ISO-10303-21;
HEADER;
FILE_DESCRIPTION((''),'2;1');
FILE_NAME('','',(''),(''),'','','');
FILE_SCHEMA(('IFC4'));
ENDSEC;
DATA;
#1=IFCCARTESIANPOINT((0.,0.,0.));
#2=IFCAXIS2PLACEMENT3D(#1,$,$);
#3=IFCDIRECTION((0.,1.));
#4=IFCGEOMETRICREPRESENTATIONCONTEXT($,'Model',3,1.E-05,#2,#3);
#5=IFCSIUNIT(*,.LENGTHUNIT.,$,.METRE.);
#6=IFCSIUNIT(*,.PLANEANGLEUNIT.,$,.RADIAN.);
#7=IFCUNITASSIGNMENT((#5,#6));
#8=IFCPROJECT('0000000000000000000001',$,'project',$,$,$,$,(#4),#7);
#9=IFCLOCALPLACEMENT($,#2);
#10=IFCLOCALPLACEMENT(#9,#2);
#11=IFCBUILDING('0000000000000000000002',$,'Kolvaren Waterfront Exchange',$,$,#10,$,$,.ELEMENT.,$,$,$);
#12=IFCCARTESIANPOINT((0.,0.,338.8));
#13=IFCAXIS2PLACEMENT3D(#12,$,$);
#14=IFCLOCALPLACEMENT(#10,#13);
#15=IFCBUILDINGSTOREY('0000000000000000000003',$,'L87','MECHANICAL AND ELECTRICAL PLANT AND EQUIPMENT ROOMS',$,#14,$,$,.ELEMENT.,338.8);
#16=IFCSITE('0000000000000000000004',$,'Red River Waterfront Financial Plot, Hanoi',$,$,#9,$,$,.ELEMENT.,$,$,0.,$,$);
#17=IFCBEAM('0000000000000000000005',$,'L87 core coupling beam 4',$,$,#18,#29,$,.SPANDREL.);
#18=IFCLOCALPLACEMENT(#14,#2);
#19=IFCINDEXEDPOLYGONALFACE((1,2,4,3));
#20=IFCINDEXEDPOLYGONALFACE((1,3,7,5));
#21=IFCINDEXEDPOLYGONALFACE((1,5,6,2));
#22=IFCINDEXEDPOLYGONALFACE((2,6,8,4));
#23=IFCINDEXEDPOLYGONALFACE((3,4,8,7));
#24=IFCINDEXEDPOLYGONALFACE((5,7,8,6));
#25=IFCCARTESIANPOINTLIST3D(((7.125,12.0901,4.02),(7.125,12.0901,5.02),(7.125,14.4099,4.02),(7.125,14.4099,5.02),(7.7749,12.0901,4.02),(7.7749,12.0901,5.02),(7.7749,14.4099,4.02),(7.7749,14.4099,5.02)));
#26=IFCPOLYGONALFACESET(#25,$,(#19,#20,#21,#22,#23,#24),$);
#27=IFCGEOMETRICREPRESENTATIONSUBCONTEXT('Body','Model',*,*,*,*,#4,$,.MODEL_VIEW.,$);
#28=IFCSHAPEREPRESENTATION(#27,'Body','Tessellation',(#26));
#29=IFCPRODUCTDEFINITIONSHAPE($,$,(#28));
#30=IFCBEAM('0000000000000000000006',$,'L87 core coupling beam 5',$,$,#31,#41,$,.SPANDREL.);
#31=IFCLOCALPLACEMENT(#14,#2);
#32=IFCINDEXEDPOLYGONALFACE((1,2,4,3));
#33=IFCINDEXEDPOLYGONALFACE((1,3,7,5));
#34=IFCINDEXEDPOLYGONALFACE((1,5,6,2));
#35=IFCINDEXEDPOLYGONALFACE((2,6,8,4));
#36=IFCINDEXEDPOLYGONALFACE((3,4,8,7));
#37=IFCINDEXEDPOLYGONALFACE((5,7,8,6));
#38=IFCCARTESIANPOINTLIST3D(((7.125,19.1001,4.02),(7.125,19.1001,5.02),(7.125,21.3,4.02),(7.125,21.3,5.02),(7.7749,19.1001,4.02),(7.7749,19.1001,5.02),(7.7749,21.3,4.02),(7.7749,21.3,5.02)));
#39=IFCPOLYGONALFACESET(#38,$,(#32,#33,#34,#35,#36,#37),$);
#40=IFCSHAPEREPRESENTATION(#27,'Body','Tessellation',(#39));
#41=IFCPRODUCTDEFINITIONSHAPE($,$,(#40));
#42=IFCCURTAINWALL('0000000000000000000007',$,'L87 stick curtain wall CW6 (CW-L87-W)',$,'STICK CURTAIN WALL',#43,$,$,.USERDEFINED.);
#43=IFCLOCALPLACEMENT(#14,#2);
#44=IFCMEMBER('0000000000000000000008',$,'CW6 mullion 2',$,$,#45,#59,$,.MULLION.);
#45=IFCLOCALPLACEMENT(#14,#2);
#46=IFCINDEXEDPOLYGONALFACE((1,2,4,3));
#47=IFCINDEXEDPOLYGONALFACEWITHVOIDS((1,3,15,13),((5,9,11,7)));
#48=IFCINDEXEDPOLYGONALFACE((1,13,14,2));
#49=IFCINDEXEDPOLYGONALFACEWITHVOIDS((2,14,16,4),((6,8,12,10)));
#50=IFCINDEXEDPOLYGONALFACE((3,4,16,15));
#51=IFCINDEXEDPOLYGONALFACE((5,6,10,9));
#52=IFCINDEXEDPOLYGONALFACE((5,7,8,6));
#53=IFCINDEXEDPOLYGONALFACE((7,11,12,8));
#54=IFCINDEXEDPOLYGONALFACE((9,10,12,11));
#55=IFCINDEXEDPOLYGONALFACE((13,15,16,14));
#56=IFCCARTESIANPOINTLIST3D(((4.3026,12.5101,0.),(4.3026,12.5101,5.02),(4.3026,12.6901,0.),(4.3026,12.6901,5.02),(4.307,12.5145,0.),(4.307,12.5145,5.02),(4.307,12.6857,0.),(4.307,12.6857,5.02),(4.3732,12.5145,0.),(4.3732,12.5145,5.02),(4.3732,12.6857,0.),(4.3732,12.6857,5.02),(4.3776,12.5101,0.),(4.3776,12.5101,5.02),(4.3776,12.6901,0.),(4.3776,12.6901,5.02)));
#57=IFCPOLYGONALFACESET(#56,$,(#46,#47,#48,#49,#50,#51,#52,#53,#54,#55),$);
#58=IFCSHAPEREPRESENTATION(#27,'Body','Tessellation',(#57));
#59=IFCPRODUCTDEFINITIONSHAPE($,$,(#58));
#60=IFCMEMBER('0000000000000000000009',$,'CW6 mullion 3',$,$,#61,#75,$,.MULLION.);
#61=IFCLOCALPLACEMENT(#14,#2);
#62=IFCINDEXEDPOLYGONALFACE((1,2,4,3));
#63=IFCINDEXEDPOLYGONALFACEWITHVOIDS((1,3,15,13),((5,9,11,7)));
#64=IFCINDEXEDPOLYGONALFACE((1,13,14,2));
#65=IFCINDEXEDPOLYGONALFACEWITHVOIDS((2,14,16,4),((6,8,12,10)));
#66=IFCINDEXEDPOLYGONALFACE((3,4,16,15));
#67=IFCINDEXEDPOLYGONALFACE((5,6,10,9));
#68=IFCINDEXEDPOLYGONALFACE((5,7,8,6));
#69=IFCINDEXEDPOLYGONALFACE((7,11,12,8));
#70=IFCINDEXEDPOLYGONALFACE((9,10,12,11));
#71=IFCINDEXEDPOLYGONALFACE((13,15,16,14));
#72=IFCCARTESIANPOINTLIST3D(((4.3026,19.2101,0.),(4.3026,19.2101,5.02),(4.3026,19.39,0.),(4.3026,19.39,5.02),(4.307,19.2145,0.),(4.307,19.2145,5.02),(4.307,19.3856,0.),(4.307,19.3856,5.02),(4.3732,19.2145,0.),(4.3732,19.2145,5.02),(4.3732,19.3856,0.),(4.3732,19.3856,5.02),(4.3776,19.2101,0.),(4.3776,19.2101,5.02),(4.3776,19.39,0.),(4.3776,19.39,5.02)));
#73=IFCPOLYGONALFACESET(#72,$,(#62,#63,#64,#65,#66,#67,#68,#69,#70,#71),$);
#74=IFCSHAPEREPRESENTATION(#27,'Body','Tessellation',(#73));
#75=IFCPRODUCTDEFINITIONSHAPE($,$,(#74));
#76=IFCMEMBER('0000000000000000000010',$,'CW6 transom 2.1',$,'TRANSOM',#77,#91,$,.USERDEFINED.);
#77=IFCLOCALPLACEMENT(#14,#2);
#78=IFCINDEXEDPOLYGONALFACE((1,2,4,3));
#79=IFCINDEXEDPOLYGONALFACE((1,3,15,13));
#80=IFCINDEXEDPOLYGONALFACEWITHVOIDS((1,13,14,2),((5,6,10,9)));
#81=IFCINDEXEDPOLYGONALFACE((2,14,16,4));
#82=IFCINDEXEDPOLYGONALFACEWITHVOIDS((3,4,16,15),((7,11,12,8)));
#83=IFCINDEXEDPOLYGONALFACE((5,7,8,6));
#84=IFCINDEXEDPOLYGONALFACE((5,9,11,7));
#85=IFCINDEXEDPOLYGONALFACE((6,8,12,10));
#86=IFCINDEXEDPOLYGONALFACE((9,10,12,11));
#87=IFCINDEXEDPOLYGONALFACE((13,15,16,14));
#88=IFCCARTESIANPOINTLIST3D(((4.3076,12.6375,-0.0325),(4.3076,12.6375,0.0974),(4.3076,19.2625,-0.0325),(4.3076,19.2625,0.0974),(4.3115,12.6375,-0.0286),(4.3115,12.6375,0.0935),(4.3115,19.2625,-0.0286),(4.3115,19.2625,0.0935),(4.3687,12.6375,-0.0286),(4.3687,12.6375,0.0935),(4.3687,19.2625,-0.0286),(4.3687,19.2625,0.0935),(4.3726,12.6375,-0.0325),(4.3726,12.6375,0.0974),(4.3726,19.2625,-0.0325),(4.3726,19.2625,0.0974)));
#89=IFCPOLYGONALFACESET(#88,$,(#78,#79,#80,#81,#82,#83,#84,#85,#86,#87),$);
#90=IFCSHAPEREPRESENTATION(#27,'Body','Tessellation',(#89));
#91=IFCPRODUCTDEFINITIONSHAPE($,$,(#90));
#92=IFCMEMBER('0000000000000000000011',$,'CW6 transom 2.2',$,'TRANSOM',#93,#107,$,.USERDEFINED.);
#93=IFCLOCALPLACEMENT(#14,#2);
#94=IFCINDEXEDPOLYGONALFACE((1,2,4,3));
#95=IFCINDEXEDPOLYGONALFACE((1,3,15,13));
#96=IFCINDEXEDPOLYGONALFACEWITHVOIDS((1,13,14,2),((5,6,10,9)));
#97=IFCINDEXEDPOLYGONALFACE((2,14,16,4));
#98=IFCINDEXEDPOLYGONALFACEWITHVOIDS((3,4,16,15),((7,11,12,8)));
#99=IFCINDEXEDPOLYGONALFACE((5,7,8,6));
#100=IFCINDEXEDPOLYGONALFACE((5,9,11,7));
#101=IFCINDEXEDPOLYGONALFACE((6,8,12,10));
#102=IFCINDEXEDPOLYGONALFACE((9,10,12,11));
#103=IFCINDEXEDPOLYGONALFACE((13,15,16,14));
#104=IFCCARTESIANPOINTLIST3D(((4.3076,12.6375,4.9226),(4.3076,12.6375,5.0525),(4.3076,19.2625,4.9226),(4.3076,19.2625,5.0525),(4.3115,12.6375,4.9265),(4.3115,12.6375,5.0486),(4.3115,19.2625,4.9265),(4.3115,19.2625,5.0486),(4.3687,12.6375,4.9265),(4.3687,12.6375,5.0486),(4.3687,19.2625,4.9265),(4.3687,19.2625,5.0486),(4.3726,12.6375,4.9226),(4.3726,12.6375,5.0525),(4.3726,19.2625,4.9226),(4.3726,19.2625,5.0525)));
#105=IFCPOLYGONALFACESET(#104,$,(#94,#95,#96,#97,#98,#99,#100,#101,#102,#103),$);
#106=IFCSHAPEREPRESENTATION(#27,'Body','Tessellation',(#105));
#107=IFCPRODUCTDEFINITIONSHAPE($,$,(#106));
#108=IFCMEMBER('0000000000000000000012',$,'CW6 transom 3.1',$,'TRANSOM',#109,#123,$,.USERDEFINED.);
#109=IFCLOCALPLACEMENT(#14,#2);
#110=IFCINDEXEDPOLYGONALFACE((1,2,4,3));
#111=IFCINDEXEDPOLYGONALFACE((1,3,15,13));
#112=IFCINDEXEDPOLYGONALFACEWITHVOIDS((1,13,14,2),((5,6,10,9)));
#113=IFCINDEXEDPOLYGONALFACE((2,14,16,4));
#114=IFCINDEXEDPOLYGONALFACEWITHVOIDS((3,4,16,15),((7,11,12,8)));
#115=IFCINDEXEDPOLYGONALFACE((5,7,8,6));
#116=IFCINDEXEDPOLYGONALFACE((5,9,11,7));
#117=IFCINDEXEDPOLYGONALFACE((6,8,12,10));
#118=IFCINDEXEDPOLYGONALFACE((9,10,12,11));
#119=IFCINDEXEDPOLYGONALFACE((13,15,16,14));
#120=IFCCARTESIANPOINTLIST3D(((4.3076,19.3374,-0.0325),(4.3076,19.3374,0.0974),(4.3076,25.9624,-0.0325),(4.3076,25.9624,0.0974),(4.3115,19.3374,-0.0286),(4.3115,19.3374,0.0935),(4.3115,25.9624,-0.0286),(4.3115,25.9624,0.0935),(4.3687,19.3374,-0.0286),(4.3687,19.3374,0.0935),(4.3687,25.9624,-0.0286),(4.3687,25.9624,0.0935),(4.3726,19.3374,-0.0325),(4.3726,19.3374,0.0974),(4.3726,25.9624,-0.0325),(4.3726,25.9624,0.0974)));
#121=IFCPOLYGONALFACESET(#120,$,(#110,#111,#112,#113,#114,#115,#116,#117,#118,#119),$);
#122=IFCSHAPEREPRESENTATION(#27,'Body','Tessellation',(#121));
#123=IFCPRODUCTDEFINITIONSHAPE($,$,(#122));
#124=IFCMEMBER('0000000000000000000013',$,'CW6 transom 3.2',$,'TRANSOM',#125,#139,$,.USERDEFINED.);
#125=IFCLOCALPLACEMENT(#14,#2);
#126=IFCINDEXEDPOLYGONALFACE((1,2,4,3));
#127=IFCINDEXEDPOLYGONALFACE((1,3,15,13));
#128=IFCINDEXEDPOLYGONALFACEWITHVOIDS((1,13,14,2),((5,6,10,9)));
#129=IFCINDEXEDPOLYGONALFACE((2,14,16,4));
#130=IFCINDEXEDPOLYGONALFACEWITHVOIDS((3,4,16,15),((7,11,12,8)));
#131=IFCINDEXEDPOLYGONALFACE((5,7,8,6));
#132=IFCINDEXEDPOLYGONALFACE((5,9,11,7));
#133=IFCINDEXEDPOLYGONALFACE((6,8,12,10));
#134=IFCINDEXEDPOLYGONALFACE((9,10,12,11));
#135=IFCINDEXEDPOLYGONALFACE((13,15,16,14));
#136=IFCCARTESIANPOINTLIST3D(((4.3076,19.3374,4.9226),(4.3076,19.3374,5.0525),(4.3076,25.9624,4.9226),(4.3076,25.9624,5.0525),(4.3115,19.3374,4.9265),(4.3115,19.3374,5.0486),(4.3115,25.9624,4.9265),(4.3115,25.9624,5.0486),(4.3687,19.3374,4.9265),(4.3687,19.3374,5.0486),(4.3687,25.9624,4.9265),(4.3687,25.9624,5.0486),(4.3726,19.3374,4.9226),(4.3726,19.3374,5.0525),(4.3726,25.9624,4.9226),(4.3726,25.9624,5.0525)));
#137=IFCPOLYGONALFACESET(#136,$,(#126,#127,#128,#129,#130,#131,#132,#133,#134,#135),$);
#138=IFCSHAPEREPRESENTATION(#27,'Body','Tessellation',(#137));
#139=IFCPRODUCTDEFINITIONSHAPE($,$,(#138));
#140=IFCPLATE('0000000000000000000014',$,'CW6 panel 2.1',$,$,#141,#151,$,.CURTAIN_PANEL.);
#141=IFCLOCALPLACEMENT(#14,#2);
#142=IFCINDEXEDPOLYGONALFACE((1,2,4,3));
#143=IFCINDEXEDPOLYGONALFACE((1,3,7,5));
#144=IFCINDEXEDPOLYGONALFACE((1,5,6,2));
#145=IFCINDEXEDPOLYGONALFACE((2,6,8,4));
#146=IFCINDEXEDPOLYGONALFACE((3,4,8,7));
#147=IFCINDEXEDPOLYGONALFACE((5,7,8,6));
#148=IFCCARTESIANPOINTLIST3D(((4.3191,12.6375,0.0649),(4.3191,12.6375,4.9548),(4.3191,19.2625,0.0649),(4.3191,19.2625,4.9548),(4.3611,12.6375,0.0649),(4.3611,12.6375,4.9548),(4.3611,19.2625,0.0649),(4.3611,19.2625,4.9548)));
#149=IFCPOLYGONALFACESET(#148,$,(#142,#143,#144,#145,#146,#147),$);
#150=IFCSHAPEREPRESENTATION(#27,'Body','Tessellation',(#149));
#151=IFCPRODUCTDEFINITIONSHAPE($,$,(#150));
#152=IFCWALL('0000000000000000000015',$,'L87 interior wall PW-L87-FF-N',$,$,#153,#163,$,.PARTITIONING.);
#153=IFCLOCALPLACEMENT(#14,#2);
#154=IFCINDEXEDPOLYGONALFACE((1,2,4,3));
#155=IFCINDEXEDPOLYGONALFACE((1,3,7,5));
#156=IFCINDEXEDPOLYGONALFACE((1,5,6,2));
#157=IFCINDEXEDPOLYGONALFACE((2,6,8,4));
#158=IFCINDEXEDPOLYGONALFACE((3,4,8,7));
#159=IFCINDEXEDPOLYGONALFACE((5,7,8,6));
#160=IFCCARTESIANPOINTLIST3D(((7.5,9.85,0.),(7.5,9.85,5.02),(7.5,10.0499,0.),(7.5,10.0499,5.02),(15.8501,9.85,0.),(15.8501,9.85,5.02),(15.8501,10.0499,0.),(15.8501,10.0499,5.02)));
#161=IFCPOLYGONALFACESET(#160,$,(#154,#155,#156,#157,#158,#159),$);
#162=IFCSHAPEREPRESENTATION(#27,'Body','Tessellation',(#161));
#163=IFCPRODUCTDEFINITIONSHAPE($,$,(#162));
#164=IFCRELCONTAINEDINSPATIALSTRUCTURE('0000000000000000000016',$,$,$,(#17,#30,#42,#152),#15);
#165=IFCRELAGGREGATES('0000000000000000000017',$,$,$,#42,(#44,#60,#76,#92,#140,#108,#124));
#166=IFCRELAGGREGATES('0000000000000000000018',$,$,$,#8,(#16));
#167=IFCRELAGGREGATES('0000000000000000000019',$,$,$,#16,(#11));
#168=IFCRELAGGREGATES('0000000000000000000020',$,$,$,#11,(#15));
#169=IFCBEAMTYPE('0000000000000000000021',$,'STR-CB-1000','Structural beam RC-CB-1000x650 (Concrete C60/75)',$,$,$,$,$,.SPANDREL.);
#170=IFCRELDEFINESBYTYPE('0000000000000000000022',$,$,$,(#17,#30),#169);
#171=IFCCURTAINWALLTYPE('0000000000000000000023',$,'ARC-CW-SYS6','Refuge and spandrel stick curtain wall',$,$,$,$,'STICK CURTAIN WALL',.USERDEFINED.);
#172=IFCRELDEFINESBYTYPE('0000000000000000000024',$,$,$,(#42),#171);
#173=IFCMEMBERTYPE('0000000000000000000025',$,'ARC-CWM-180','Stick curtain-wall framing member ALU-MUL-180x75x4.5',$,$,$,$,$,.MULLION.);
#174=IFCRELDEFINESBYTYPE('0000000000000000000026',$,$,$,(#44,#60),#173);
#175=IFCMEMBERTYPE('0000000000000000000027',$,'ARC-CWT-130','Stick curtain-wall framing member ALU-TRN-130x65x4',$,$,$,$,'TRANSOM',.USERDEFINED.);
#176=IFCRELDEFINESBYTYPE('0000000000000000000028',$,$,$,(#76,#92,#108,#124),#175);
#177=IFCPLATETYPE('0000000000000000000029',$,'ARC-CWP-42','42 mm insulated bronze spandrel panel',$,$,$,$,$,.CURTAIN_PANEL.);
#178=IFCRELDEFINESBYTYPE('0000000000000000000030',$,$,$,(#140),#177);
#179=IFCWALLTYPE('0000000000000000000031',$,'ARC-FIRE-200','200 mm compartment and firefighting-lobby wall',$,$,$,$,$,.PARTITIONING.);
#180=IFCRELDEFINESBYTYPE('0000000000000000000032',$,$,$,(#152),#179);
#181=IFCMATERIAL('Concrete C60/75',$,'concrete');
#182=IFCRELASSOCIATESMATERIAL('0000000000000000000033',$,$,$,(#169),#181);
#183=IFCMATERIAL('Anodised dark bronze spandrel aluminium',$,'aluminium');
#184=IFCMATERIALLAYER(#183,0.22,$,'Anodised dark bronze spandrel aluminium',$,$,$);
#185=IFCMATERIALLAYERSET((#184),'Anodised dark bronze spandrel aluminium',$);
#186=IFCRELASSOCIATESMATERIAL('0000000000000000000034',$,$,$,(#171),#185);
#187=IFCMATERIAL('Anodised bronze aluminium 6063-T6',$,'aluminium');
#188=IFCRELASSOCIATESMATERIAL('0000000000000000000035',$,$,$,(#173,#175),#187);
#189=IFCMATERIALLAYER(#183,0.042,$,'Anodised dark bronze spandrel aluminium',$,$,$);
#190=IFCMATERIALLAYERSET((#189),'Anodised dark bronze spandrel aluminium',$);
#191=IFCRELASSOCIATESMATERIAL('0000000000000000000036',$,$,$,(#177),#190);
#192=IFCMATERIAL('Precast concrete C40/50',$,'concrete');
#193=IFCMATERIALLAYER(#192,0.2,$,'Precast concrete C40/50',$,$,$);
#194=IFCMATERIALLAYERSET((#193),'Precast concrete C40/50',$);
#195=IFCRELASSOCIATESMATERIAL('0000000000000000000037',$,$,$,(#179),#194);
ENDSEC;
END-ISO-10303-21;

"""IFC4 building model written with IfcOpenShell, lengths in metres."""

from ifc_helpers import new_model, si_unit, direction, frame, frame_2d, origin, origin_with_axes, origin_2d, place, context, subcontext, project, spatial, rectangle, hollow_rectangle, extrude, source, transform, mapped, material, layer, layer_set, material_profile, profile_set, type_object, element, aggregate, save


model = new_model("IFC4")

# Units and contexts
model_context = context("Model", 3, precision=1e-05, world=origin(), true_north=direction((0.0, 1.0)))
body_context = subcontext(model_context, "Body", "Model", "MODEL_VIEW")
ifc_project = project(units=[si_unit("LENGTHUNIT", "METRE"), si_unit("PLANEANGLEUNIT", "RADIAN")], contexts=[model_context])

# Site, building, storey
site_placement = place(None, origin())
site = spatial("IfcSite", under=ifc_project, at=site_placement, Name="Red River Waterfront Financial Plot, Hanoi", CompositionType="ELEMENT", RefElevation=0.0)
building_placement = place(site_placement, origin())
building = spatial("IfcBuilding", under=site, at=building_placement, Name="Kolvaren Waterfront Exchange", CompositionType="ELEMENT")
storey_placement = place(building_placement, frame((0.0, 0.0, 338.8)))
storey = spatial("IfcBuildingStorey", under=building, at=storey_placement, Name="L87", Description="MECHANICAL AND ELECTRICAL PLANT AND EQUIPMENT ROOMS", CompositionType="ELEMENT", Elevation=338.8)

# Beams
ifc_material_1 = material(Name="Concrete C60/75", Category="concrete")
ifc_material_profile_1 = material_profile(ifc_material_1, rectangle(XDim=0.6499, YDim=1.0, at=origin_2d()), Name="RC-CB-1000x650")
ifc_profile_set_1 = profile_set([ifc_material_profile_1], Name="Concrete C60/75")
beam_type = type_object("IfcBeamType", Name="STR-CB-1000", Description="Structural beam RC-CB-1000x650 (Concrete C60/75)", PredefinedType="SPANDREL", material=ifc_profile_set_1)
beam_1_placement = place(storey_placement, frame((7.45, 12.0901, 4.52), z_axis=(0.0, 1.0, 0.0), x_axis=(-1.0, 0.0, 0.0)))
element("IfcBeam", 1, at=beam_1_placement, inside=storey, type_object=beam_type, Name="L87 core coupling beam 4", PredefinedType="SPANDREL", context=body_context, shape_type="SweptSolid", body=[
    extrude(rectangle(XDim=0.6499, YDim=1.0, at=origin_2d()), origin(), (0.0, 0.0, 1.0), 2.3198),
])
beam_2_placement = place(storey_placement, frame((7.45, 19.1001, 4.52), z_axis=(0.0, 1.0, 0.0), x_axis=(-1.0, 0.0, 0.0)))
element("IfcBeam", 2, at=beam_2_placement, inside=storey, type_object=beam_type, Name="L87 core coupling beam 5", PredefinedType="SPANDREL", context=body_context, shape_type="SweptSolid", body=[
    extrude(rectangle(XDim=0.6499, YDim=1.0, at=origin_2d()), origin(), (0.0, 0.0, 1.0), 2.2),
])

# Curtain wall, members, plate
ifc_material_2 = material(Name="Anodised dark bronze spandrel aluminium", Category="aluminium")
ifc_layer_1 = layer(ifc_material_2, 0.22, Name="Anodised dark bronze spandrel aluminium")
ifc_layer_set_1 = layer_set([ifc_layer_1], Name="Anodised dark bronze spandrel aluminium")
curtain_wall_type = type_object("IfcCurtainWallType", Name="ARC-CW-SYS6", Description="Refuge and spandrel stick curtain wall", ElementType="STICK CURTAIN WALL", PredefinedType="USERDEFINED", material=ifc_layer_set_1)
curtain_wall_placement = place(storey_placement, origin())
curtain_wall = element("IfcCurtainWall", 3, at=curtain_wall_placement, inside=storey, type_object=curtain_wall_type, Name="L87 stick curtain wall CW6 (CW-L87-W)", ObjectType="STICK CURTAIN WALL", PredefinedType="USERDEFINED")
ifc_material_3 = material(Name="Anodised bronze aluminium 6063-T6", Category="aluminium")
ifc_material_profile_2 = material_profile(ifc_material_3, hollow_rectangle(XDim=0.075, YDim=0.1799, WallThickness=0.0044, at=origin_2d()), Name="ALU-MUL-180x75x4.5")
ifc_profile_set_2 = profile_set([ifc_material_profile_2], Name="Anodised bronze aluminium 6063-T6")
member_type_1 = type_object("IfcMemberType", Name="ARC-CWM-180", Description="Stick curtain-wall framing member ALU-MUL-180x75x4.5", PredefinedType="MULLION", material=ifc_profile_set_2)
shared_shape_1 = source(origin_with_axes(), body_context, "Body", "SweptSolid", [
    extrude(hollow_rectangle(XDim=0.075, YDim=0.1799, WallThickness=0.0044, at=origin_2d()), origin(), (0.0, 0.0, 1.0), 5.02),
])
member_1_placement = place(storey_placement, frame((4.3401, 12.6001, 0.0), z_axis=(0.0, 0.0, 1.0), x_axis=(-1.0, 0.0, 0.0)))
member_1 = element("IfcMember", 4, at=member_1_placement, type_object=member_type_1, Name="CW6 mullion 2", PredefinedType="MULLION", context=body_context, shape_type="MappedRepresentation", body=[
    mapped(shared_shape_1, transform((0.0, 0.0, 0.0), x_axis=(1.0, 0.0, 0.0), y_axis=(0.0, 1.0, 0.0), z_axis=(0.0, 0.0, 1.0), scale=1.0)),
])
member_2_placement = place(storey_placement, frame((4.3401, 19.3, 0.0), z_axis=(0.0, 0.0, 1.0), x_axis=(-1.0, 0.0, 0.0)))
member_2 = element("IfcMember", 5, at=member_2_placement, type_object=member_type_1, Name="CW6 mullion 3", PredefinedType="MULLION", context=body_context, shape_type="MappedRepresentation", body=[
    mapped(shared_shape_1, transform((0.0, 0.0, 0.0), x_axis=(1.0, 0.0, 0.0), y_axis=(0.0, 1.0, 0.0), z_axis=(0.0, 0.0, 1.0), scale=1.0)),
])
ifc_material_profile_3 = material_profile(ifc_material_3, hollow_rectangle(XDim=0.0649, YDim=0.1299, WallThickness=0.0039, at=origin_2d()), Name="ALU-TRN-130x65x4")
ifc_profile_set_3 = profile_set([ifc_material_profile_3], Name="Anodised bronze aluminium 6063-T6")
member_type_2 = type_object("IfcMemberType", Name="ARC-CWT-130", Description="Stick curtain-wall framing member ALU-TRN-130x65x4", ElementType="TRANSOM", PredefinedType="USERDEFINED", material=ifc_profile_set_3)
shared_shape_2 = source(origin_with_axes(), body_context, "Body", "SweptSolid", [
    extrude(hollow_rectangle(XDim=0.0649, YDim=0.1299, WallThickness=0.0039, at=origin_2d()), origin(), (0.0, 0.0, 1.0), 6.625),
])
member_3_placement = place(storey_placement, frame((4.3401, 12.6375, 0.0325), z_axis=(0.0, 1.0, 0.0), x_axis=(-1.0, 0.0, 0.0)))
member_3 = element("IfcMember", 6, at=member_3_placement, type_object=member_type_2, Name="CW6 transom 2.1", ObjectType="TRANSOM", PredefinedType="USERDEFINED", context=body_context, shape_type="MappedRepresentation", body=[
    mapped(shared_shape_2, transform((0.0, 0.0, 0.0), x_axis=(1.0, 0.0, 0.0), y_axis=(0.0, 1.0, 0.0), z_axis=(0.0, 0.0, 1.0), scale=1.0)),
])
member_4_placement = place(storey_placement, frame((4.3401, 12.6375, 4.9875), z_axis=(0.0, 1.0, 0.0), x_axis=(-1.0, 0.0, 0.0)))
member_4 = element("IfcMember", 7, at=member_4_placement, type_object=member_type_2, Name="CW6 transom 2.2", ObjectType="TRANSOM", PredefinedType="USERDEFINED", context=body_context, shape_type="MappedRepresentation", body=[
    mapped(shared_shape_2, transform((0.0, 0.0, 0.0), x_axis=(1.0, 0.0, 0.0), y_axis=(0.0, 1.0, 0.0), z_axis=(0.0, 0.0, 1.0), scale=1.0)),
])
member_5_placement = place(storey_placement, frame((4.3401, 19.3374, 0.0325), z_axis=(0.0, 1.0, 0.0), x_axis=(-1.0, 0.0, 0.0)))
member_5 = element("IfcMember", 8, at=member_5_placement, type_object=member_type_2, Name="CW6 transom 3.1", ObjectType="TRANSOM", PredefinedType="USERDEFINED", context=body_context, shape_type="MappedRepresentation", body=[
    mapped(shared_shape_2, transform((0.0, 0.0, 0.0), x_axis=(1.0, 0.0, 0.0), y_axis=(0.0, 1.0, 0.0), z_axis=(0.0, 0.0, 1.0), scale=1.0)),
])
member_6_placement = place(storey_placement, frame((4.3401, 19.3374, 4.9875), z_axis=(0.0, 1.0, 0.0), x_axis=(-1.0, 0.0, 0.0)))
member_6 = element("IfcMember", 9, at=member_6_placement, type_object=member_type_2, Name="CW6 transom 3.2", ObjectType="TRANSOM", PredefinedType="USERDEFINED", context=body_context, shape_type="MappedRepresentation", body=[
    mapped(shared_shape_2, transform((0.0, 0.0, 0.0), x_axis=(1.0, 0.0, 0.0), y_axis=(0.0, 1.0, 0.0), z_axis=(0.0, 0.0, 1.0), scale=1.0)),
])
ifc_layer_2 = layer(ifc_material_2, 0.042, Name="Anodised dark bronze spandrel aluminium")
ifc_layer_set_2 = layer_set([ifc_layer_2], Name="Anodised dark bronze spandrel aluminium")
plate_type = type_object("IfcPlateType", Name="ARC-CWP-42", Description="42 mm insulated bronze spandrel panel", PredefinedType="CURTAIN_PANEL", material=ifc_layer_set_2)
shared_shape_3 = source(origin_with_axes(), body_context, "Body", "SweptSolid", [
    extrude(rectangle(XDim=6.625, YDim=0.042, at=origin_2d()), origin(), (0.0, 0.0, 1.0), 4.8899),
])
plate_placement = place(storey_placement, frame((4.3401, 15.95, 0.0649), z_axis=(0.0, 0.0, 1.0), x_axis=(0.0, 1.0, 0.0)))
plate = element("IfcPlate", 10, at=plate_placement, type_object=plate_type, Name="CW6 panel 2.1", PredefinedType="CURTAIN_PANEL", context=body_context, shape_type="MappedRepresentation", body=[
    mapped(shared_shape_3, transform((0.0, 0.0, 0.0), x_axis=(1.0, 0.0, 0.0), y_axis=(0.0, 1.0, 0.0), z_axis=(0.0, 0.0, 1.0), scale=1.0)),
])
aggregate(curtain_wall, [member_1, member_2, member_3, member_4, plate, member_5, member_6])

# Wall
ifc_material_4 = material(Name="Precast concrete C40/50", Category="concrete")
ifc_layer_3 = layer(ifc_material_4, 0.2, Name="Precast concrete C40/50")
ifc_layer_set_3 = layer_set([ifc_layer_3], Name="Precast concrete C40/50")
wall_type_1 = type_object("IfcWallType", Name="ARC-FIRE-200", Description="200 mm compartment and firefighting-lobby wall", PredefinedType="PARTITIONING", material=ifc_layer_set_3)
wall_1_placement = place(storey_placement, frame((7.5, 9.95, 0.0), z_axis=(0.0, 0.0, 1.0), x_axis=(1.0, 0.0, 0.0)))
element("IfcWall", 11, at=wall_1_placement, inside=storey, type_object=wall_type_1, Name="L87 interior wall PW-L87-FF-N", PredefinedType="PARTITIONING", context=body_context, shape_type="SweptSolid", body=[
    extrude(rectangle(XDim=8.3501, YDim=0.2, at=frame_2d((4.175, 0.0))), origin(), (0.0, 0.0, 1.0), 5.02),
])

save(model, "model.ifc")
